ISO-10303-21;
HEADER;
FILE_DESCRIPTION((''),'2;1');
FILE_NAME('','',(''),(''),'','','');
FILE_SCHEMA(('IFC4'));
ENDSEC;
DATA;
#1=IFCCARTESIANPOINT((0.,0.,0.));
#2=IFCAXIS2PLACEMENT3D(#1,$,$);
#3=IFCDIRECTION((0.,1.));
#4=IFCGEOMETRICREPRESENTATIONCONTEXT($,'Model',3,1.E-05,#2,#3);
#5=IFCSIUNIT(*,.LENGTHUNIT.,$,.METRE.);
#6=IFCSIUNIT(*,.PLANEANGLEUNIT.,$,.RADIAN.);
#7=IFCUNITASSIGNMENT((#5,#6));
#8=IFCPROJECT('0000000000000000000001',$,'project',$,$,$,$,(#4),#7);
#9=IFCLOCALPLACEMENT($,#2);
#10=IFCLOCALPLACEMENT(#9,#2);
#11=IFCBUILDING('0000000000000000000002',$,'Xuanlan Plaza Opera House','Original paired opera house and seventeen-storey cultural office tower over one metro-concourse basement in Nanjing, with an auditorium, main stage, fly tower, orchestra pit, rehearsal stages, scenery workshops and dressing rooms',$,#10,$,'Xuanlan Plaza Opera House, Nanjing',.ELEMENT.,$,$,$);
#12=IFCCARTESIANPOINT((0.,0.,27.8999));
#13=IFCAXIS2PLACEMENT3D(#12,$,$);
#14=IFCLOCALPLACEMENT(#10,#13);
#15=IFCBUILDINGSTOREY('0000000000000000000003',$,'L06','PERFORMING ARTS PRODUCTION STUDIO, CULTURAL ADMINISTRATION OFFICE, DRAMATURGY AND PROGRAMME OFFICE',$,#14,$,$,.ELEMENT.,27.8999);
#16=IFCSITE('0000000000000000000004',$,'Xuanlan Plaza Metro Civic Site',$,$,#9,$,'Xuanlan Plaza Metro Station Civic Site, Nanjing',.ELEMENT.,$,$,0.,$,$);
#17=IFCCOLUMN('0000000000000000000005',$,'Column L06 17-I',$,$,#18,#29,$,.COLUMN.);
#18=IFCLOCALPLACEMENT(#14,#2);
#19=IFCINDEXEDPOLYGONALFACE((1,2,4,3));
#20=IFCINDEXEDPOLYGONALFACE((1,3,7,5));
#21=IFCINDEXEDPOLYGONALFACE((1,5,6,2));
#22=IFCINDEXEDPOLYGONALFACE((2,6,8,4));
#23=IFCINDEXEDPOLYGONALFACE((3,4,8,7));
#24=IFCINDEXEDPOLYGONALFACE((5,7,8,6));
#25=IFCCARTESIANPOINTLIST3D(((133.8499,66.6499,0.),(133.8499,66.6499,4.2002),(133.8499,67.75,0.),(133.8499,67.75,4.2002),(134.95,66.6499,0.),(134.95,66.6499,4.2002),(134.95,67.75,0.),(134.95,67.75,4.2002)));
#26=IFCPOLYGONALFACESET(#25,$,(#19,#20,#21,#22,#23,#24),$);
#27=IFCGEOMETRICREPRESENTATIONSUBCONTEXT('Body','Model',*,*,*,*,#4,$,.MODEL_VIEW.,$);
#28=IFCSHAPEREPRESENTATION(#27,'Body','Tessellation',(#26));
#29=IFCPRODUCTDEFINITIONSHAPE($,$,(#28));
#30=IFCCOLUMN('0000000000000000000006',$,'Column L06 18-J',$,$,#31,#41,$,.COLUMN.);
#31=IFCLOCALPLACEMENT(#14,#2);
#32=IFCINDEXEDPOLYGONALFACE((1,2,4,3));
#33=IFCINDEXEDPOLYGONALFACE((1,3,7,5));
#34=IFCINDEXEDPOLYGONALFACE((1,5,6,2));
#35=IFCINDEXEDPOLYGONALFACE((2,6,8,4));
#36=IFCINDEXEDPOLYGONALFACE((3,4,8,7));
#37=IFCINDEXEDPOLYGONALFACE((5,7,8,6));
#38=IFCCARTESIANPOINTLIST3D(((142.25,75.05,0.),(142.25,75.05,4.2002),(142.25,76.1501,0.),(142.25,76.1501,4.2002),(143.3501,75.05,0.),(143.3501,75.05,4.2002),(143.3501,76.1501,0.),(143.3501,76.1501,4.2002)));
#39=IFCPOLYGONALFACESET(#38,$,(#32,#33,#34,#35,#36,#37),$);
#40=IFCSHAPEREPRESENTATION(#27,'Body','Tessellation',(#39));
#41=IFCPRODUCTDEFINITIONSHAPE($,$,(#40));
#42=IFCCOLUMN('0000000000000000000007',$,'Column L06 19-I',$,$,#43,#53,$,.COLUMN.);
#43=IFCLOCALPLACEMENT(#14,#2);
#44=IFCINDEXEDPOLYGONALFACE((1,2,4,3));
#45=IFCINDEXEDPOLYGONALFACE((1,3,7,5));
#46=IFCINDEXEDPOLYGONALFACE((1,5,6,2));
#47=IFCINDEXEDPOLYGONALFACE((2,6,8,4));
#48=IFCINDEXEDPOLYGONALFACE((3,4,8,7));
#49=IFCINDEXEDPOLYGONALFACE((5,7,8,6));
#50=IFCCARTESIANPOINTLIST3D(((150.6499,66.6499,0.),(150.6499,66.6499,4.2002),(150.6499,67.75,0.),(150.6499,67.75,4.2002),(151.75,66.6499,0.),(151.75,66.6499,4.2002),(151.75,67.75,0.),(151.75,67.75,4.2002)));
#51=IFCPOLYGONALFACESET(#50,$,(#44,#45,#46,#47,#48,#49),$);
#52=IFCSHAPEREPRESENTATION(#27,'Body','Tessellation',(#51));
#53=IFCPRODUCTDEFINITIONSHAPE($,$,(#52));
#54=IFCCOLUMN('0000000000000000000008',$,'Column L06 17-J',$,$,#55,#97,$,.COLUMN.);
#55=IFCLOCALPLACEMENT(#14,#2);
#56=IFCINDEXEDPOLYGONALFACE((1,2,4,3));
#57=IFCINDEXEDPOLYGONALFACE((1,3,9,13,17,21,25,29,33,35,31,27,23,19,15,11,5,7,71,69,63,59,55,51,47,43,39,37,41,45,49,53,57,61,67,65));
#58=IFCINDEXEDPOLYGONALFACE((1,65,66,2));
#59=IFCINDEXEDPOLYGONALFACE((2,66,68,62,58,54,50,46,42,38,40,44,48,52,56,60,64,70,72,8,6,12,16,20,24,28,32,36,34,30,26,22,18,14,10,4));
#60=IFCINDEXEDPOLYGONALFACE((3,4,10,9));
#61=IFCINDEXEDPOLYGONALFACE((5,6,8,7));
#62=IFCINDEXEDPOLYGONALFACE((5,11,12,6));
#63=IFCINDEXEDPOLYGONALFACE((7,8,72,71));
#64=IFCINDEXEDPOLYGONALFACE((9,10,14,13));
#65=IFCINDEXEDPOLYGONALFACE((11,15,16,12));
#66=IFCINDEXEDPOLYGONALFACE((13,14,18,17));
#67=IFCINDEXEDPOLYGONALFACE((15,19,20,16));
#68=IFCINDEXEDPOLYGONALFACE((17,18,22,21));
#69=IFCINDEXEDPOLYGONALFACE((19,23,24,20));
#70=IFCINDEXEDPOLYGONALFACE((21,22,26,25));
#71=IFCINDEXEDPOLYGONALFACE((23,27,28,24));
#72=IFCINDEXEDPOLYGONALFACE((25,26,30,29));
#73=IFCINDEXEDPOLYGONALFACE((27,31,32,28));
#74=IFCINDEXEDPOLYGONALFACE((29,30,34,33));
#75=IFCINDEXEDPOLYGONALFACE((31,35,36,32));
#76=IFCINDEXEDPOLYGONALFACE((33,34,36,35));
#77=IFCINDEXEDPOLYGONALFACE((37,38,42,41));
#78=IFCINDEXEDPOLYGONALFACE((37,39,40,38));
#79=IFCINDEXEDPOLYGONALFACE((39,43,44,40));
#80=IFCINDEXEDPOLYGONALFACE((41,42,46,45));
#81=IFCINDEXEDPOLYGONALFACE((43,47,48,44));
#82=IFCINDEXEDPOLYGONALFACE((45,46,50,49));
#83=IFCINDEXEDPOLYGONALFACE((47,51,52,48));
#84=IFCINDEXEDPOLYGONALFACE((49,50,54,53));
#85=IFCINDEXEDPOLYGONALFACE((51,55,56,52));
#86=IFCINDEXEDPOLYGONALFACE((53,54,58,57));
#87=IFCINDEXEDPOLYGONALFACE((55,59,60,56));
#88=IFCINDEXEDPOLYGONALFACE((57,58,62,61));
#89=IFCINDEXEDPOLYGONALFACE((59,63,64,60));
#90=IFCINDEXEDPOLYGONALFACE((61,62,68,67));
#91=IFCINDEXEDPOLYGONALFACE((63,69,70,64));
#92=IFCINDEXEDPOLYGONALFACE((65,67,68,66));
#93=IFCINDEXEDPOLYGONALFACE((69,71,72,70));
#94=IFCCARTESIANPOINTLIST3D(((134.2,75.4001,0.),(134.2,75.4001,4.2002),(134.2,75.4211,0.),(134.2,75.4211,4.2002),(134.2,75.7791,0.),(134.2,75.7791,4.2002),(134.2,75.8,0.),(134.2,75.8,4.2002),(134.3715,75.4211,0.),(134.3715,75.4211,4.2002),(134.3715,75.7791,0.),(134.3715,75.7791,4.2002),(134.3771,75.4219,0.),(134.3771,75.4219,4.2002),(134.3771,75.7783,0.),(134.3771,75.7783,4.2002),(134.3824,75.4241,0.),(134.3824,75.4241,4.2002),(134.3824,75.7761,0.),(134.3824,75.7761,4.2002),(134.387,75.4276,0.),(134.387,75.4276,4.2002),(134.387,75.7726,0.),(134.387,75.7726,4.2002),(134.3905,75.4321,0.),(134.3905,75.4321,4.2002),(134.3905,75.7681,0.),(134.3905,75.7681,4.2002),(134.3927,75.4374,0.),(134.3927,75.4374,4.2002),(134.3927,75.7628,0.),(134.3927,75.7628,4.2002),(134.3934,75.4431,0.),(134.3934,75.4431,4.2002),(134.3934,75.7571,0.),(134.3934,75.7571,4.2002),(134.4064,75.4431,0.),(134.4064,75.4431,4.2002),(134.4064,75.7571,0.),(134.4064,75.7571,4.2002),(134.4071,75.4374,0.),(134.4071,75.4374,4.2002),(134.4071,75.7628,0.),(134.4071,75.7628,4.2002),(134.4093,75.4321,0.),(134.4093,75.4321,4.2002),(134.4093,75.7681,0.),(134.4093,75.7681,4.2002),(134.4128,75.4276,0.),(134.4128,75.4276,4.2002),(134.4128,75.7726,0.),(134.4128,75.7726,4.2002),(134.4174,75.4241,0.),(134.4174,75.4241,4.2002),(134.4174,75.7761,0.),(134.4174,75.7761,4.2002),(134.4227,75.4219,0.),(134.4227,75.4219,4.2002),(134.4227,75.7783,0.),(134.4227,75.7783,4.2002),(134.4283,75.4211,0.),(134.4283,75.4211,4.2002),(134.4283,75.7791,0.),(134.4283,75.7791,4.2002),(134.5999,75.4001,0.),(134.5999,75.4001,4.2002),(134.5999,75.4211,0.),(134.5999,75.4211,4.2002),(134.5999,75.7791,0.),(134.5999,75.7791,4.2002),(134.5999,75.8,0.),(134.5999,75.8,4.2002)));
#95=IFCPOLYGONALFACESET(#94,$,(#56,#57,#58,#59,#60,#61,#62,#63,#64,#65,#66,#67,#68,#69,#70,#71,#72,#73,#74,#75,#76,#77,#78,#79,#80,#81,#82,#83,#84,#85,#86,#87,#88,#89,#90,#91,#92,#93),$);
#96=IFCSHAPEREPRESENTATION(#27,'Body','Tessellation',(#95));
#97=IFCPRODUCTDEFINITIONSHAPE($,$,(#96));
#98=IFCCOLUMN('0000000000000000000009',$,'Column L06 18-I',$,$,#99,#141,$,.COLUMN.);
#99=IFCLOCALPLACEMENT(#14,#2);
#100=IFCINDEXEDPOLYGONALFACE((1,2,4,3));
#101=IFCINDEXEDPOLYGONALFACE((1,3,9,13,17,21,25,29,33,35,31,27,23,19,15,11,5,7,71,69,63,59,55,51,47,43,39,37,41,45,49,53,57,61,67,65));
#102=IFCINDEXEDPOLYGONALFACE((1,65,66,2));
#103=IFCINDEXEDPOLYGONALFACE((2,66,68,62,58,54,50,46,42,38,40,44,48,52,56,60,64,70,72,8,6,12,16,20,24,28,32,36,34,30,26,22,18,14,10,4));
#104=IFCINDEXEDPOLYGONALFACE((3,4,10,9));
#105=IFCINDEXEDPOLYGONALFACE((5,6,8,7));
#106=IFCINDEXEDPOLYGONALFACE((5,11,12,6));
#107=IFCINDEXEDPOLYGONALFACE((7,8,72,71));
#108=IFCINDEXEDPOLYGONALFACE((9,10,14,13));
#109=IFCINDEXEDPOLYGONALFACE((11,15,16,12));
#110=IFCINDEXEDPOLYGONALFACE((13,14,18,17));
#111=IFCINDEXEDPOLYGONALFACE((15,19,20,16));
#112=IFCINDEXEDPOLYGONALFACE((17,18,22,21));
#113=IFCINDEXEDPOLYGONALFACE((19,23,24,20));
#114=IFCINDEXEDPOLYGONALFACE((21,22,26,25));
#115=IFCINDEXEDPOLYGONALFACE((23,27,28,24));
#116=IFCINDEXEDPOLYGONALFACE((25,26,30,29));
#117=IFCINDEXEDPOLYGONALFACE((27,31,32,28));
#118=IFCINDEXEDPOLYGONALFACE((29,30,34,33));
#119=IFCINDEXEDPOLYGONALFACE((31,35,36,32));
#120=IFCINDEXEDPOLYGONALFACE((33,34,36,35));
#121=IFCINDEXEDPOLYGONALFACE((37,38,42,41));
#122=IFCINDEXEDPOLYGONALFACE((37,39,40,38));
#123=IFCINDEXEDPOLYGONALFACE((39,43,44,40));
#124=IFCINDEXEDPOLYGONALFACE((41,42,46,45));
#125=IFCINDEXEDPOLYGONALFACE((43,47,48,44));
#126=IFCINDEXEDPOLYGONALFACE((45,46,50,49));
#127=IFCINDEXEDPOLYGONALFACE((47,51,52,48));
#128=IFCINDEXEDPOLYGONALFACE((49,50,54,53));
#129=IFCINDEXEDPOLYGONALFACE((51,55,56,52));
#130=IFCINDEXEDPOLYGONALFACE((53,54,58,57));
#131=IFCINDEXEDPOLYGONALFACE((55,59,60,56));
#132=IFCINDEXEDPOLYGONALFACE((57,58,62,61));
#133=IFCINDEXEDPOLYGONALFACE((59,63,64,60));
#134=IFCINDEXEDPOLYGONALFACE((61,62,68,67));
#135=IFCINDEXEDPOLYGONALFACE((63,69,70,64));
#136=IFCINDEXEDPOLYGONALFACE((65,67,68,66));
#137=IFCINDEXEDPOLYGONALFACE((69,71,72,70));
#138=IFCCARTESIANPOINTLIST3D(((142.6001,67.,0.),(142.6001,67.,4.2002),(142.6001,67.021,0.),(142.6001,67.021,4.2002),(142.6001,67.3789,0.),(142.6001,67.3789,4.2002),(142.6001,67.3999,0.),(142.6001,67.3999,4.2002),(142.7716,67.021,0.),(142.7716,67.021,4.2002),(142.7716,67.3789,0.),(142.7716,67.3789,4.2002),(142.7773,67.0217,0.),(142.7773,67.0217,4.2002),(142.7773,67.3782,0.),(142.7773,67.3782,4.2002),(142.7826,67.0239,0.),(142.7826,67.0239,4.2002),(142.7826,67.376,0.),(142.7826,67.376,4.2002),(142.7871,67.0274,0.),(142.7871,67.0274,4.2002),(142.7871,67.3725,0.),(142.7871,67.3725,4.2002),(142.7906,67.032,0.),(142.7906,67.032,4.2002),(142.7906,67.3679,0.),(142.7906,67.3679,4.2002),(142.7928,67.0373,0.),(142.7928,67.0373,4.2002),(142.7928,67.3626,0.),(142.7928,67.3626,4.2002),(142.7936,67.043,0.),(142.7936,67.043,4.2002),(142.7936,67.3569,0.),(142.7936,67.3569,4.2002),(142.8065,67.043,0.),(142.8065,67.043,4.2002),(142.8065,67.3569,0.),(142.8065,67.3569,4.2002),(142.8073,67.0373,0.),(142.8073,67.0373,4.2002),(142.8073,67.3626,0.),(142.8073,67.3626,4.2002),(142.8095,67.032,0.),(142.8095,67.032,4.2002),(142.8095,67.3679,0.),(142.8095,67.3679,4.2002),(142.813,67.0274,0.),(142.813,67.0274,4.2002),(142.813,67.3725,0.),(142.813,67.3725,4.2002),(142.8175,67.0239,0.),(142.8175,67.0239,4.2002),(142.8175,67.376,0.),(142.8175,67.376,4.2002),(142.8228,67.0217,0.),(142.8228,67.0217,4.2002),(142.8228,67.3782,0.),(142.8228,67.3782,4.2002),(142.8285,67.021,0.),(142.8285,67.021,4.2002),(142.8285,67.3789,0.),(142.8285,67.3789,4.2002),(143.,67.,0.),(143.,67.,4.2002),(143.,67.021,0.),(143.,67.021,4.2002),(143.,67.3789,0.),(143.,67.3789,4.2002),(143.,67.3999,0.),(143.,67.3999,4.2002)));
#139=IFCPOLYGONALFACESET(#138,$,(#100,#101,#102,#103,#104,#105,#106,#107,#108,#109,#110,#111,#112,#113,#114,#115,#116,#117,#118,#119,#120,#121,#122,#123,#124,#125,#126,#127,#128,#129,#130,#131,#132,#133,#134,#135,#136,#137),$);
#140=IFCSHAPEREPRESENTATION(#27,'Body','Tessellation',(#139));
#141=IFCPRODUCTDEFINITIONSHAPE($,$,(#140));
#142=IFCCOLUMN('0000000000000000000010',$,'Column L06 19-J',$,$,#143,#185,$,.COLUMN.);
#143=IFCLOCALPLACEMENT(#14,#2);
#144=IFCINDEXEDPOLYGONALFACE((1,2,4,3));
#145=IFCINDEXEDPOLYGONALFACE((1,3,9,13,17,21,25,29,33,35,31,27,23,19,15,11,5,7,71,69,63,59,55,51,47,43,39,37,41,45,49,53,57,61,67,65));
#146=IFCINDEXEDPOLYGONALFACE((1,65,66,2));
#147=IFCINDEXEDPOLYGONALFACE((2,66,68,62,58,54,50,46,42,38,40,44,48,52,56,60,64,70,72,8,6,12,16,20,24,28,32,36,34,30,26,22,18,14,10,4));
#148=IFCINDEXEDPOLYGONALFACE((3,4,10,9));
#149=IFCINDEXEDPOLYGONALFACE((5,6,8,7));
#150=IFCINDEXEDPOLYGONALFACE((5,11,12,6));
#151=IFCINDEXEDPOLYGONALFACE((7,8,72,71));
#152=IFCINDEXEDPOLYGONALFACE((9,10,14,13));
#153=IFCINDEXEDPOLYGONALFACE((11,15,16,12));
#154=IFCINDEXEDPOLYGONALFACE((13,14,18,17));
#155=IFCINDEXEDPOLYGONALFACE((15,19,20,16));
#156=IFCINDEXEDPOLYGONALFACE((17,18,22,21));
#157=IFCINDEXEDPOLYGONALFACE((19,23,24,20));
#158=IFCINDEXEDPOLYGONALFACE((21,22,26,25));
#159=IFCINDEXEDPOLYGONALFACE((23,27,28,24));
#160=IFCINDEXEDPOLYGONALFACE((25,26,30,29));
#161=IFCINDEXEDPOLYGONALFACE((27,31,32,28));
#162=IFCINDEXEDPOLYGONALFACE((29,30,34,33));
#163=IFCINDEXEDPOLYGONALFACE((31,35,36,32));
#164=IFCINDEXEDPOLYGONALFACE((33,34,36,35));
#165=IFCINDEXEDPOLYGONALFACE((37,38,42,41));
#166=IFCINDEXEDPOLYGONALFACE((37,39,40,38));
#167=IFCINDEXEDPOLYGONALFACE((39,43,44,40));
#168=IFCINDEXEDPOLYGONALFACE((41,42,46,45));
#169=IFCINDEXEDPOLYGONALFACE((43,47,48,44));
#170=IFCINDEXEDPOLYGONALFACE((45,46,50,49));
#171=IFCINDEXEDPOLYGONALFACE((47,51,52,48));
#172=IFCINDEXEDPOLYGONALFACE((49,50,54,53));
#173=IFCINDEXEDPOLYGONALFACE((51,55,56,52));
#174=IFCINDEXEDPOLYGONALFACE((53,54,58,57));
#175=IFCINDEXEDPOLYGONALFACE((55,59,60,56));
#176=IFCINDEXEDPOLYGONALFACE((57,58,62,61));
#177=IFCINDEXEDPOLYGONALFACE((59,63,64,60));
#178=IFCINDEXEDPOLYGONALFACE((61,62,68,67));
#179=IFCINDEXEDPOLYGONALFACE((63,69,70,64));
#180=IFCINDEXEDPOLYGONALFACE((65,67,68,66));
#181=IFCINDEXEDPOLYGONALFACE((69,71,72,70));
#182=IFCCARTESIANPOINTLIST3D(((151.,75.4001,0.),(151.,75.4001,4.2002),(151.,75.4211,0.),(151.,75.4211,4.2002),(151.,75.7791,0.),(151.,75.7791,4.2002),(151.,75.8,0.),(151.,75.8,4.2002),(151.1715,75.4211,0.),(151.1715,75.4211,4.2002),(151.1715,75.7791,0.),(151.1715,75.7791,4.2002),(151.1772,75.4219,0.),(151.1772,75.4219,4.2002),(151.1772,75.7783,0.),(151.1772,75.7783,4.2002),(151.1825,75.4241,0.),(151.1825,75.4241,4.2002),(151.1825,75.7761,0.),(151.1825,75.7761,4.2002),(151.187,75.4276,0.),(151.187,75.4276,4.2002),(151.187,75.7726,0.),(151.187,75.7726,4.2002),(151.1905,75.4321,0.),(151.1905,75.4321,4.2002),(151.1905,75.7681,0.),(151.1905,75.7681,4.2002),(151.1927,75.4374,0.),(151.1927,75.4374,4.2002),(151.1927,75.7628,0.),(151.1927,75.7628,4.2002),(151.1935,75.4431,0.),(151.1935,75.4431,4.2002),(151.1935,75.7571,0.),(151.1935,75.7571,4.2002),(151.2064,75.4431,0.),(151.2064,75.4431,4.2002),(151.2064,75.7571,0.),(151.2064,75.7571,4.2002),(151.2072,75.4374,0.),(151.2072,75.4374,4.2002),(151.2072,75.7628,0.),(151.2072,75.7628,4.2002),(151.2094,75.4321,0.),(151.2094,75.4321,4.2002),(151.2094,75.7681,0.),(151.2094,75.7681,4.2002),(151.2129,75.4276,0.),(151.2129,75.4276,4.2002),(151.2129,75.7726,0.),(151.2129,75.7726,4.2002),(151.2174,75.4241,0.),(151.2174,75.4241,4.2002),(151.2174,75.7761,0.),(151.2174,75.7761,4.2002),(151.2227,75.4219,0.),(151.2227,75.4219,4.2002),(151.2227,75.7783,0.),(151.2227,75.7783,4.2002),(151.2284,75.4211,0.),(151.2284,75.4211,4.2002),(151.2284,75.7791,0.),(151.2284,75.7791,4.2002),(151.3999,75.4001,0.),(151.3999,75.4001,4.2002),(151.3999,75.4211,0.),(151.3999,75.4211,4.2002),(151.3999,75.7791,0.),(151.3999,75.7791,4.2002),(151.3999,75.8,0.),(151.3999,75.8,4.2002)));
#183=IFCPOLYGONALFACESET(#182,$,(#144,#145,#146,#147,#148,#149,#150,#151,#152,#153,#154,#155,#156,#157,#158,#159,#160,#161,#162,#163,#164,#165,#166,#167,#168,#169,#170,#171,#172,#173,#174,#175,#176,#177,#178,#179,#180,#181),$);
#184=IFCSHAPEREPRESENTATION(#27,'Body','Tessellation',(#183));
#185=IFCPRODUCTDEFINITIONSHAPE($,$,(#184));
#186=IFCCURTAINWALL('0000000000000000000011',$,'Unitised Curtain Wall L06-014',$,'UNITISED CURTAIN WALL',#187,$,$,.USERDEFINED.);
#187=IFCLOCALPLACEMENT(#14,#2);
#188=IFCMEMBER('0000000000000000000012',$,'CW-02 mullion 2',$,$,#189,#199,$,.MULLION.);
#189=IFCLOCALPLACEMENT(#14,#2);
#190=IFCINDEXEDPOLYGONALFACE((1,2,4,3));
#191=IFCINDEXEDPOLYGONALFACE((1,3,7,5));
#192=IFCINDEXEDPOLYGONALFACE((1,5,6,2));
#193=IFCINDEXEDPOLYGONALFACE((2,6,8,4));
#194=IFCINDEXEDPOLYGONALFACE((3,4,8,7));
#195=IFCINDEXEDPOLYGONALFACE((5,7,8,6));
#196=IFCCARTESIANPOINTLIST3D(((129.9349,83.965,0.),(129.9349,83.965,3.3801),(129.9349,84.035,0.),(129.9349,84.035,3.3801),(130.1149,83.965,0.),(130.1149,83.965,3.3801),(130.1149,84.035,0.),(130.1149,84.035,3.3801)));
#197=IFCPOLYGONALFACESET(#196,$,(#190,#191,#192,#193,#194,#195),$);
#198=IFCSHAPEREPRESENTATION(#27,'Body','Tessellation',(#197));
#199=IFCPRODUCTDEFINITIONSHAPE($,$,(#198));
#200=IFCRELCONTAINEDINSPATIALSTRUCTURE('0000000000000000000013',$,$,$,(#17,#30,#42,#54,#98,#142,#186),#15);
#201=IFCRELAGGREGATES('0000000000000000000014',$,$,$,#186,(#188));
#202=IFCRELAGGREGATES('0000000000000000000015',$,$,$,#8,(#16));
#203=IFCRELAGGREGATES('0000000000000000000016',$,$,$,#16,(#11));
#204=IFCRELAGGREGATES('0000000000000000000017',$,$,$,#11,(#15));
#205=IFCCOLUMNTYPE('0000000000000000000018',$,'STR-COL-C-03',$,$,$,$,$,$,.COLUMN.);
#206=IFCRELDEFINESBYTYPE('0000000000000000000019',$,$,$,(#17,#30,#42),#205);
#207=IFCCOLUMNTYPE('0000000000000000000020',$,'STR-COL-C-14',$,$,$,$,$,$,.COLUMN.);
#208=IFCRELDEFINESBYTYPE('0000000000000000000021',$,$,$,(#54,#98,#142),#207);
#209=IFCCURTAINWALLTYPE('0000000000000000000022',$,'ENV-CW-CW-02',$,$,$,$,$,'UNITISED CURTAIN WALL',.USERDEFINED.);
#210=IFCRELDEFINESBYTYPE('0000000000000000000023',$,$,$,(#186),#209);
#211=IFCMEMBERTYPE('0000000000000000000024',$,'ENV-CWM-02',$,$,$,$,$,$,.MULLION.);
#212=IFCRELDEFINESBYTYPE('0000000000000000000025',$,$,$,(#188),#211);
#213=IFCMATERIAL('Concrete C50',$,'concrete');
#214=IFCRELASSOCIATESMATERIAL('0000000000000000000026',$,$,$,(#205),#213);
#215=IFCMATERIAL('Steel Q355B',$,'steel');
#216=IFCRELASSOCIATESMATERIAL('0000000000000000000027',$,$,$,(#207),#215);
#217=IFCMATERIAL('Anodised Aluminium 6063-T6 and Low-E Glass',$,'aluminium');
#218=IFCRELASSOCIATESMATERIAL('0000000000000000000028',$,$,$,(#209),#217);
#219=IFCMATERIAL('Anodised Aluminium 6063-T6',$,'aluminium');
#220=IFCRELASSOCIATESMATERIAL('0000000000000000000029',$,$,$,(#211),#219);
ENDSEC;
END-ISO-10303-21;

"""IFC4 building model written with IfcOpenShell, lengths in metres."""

from ifc_helpers import new_model, si_unit, direction, frame, origin, origin_2d, place, context, subcontext, project, spatial, rectangle, i_section, extrude, material, material_profile, profile_set, type_object, element, aggregate, save


model = new_model("IFC4")

# Units and contexts
model_context = context("Model", 3, precision=1e-05, world=origin(), true_north=direction((0.0, 1.0)))
body_context = subcontext(model_context, "Body", "Model", "MODEL_VIEW")
ifc_project = project(units=[si_unit("LENGTHUNIT", "METRE"), si_unit("PLANEANGLEUNIT", "RADIAN")], contexts=[model_context])

# Site, building, storey
site_placement = place(None, origin())
site = spatial("IfcSite", under=ifc_project, at=site_placement, Name="Xuanlan Plaza Metro Civic Site", LongName="Xuanlan Plaza Metro Station Civic Site, Nanjing", CompositionType="ELEMENT", RefElevation=0.0)
building_placement = place(site_placement, origin())
building = spatial("IfcBuilding", under=site, at=building_placement, Name="Xuanlan Plaza Opera House", Description="Original paired opera house and seventeen-storey cultural office tower over one metro-concourse basement in Nanjing, with an auditorium, main stage, fly tower, orchestra pit, rehearsal stages, scenery workshops and dressing rooms", LongName="Xuanlan Plaza Opera House, Nanjing", CompositionType="ELEMENT")
storey_placement = place(building_placement, frame((0.0, 0.0, 27.8999)))
storey = spatial("IfcBuildingStorey", under=building, at=storey_placement, Name="L06", Description="PERFORMING ARTS PRODUCTION STUDIO, CULTURAL ADMINISTRATION OFFICE, DRAMATURGY AND PROGRAMME OFFICE", CompositionType="ELEMENT", Elevation=27.8999)

# Columns
ifc_material_1 = material(Name="Concrete C50", Category="concrete")
ifc_material_profile_1 = material_profile(ifc_material_1, rectangle(XDim=1.1001, YDim=1.1001, at=origin_2d()), Name="RC-COL 1100x1100")
ifc_profile_set_1 = profile_set([ifc_material_profile_1], Name="Concrete C50")
column_type_1 = type_object("IfcColumnType", Name="STR-COL-C-03", PredefinedType="COLUMN", material=ifc_profile_set_1)
for number, where, z_axis, x_axis, name in (
    (1, (134.3999, 67.2, 0.0), (0.0, 0.0, 1.0), (1.0, 0.0, 0.0), "Column L06 17-I"),
    (2, (142.8, 75.6001, 0.0), (0.0, 0.0, 1.0), (1.0, 0.0, 0.0), "Column L06 18-J"),
    (3, (151.2, 67.2, 0.0), (0.0, 0.0, 1.0), (1.0, 0.0, 0.0), "Column L06 19-I"),
):
    element("IfcColumn", number, at=place(storey_placement, frame(where, z_axis=z_axis, x_axis=x_axis)), inside=storey, type_object=column_type_1, Name=name, PredefinedType="COLUMN", context=body_context, shape_type="SweptSolid", body=[
        extrude(rectangle(XDim=1.1001, YDim=1.1001, at=origin_2d()), origin(), (0.0, 0.0, 1.0), 4.2002),
    ])
ifc_material_2 = material(Name="Steel Q355B", Category="steel")
ifc_material_profile_2 = material_profile(ifc_material_2, i_section(OverallWidth=0.3999, OverallDepth=0.3999, WebThickness=0.0129, FlangeThickness=0.021, FilletRadius=0.022, at=origin_2d()), Name="HW 400x400x13x21")
ifc_profile_set_2 = profile_set([ifc_material_profile_2], Name="Steel Q355B")
column_type_2 = type_object("IfcColumnType", Name="STR-COL-C-14", PredefinedType="COLUMN", material=ifc_profile_set_2)
for number, where, z_axis, x_axis, name in (
    (4, (134.3999, 75.6001, 0.0), (0.0, 0.0, 1.0), (1.0, 0.0, 0.0), "Column L06 17-J"),
    (5, (142.8, 67.2, 0.0), (0.0, 0.0, 1.0), (1.0, 0.0, 0.0), "Column L06 18-I"),
    (6, (151.2, 75.6001, 0.0), (0.0, 0.0, 1.0), (1.0, 0.0, 0.0), "Column L06 19-J"),
):
    element("IfcColumn", number, at=place(storey_placement, frame(where, z_axis=z_axis, x_axis=x_axis)), inside=storey, type_object=column_type_2, Name=name, PredefinedType="COLUMN", context=body_context, shape_type="SweptSolid", body=[
        extrude(i_section(OverallWidth=0.3999, OverallDepth=0.3999, WebThickness=0.0129, FlangeThickness=0.021, FilletRadius=0.022, at=origin_2d()), origin(), (0.0, 0.0, 1.0), 4.2002),
    ])

# Curtain wall, member
ifc_material_3 = material(Name="Anodised Aluminium 6063-T6 and Low-E Glass", Category="aluminium")
curtain_wall_type = type_object("IfcCurtainWallType", Name="ENV-CW-CW-02", ElementType="UNITISED CURTAIN WALL", PredefinedType="USERDEFINED", material=ifc_material_3)
curtain_wall_placement = place(storey_placement, origin())
curtain_wall = element("IfcCurtainWall", 7, at=curtain_wall_placement, inside=storey, type_object=curtain_wall_type, Name="Unitised Curtain Wall L06-014", ObjectType="UNITISED CURTAIN WALL", PredefinedType="USERDEFINED")
ifc_material_4 = material(Name="Anodised Aluminium 6063-T6", Category="aluminium")
ifc_material_profile_3 = material_profile(ifc_material_4, rectangle(XDim=0.0701, YDim=0.1799, at=origin_2d()), Name="ALU-M 70x180")
ifc_profile_set_3 = profile_set([ifc_material_profile_3], Name="Anodised Aluminium 6063-T6")
member_type = type_object("IfcMemberType", Name="ENV-CWM-02", PredefinedType="MULLION", material=ifc_profile_set_3)
member_placement = place(storey_placement, frame((130.0249, 84.0, 0.0), z_axis=(0.0, 0.0, 1.0), x_axis=(0.0, -1.0, 0.0)))
member = element("IfcMember", 8, at=member_placement, type_object=member_type, Name="CW-02 mullion 2", PredefinedType="MULLION", context=body_context, shape_type="SweptSolid", body=[
    extrude(rectangle(XDim=0.0701, YDim=0.1799, at=origin_2d()), origin(), (0.0, 0.0, 1.0), 3.3801),
])
aggregate(curtain_wall, [member])

save(model, "model.ifc")
